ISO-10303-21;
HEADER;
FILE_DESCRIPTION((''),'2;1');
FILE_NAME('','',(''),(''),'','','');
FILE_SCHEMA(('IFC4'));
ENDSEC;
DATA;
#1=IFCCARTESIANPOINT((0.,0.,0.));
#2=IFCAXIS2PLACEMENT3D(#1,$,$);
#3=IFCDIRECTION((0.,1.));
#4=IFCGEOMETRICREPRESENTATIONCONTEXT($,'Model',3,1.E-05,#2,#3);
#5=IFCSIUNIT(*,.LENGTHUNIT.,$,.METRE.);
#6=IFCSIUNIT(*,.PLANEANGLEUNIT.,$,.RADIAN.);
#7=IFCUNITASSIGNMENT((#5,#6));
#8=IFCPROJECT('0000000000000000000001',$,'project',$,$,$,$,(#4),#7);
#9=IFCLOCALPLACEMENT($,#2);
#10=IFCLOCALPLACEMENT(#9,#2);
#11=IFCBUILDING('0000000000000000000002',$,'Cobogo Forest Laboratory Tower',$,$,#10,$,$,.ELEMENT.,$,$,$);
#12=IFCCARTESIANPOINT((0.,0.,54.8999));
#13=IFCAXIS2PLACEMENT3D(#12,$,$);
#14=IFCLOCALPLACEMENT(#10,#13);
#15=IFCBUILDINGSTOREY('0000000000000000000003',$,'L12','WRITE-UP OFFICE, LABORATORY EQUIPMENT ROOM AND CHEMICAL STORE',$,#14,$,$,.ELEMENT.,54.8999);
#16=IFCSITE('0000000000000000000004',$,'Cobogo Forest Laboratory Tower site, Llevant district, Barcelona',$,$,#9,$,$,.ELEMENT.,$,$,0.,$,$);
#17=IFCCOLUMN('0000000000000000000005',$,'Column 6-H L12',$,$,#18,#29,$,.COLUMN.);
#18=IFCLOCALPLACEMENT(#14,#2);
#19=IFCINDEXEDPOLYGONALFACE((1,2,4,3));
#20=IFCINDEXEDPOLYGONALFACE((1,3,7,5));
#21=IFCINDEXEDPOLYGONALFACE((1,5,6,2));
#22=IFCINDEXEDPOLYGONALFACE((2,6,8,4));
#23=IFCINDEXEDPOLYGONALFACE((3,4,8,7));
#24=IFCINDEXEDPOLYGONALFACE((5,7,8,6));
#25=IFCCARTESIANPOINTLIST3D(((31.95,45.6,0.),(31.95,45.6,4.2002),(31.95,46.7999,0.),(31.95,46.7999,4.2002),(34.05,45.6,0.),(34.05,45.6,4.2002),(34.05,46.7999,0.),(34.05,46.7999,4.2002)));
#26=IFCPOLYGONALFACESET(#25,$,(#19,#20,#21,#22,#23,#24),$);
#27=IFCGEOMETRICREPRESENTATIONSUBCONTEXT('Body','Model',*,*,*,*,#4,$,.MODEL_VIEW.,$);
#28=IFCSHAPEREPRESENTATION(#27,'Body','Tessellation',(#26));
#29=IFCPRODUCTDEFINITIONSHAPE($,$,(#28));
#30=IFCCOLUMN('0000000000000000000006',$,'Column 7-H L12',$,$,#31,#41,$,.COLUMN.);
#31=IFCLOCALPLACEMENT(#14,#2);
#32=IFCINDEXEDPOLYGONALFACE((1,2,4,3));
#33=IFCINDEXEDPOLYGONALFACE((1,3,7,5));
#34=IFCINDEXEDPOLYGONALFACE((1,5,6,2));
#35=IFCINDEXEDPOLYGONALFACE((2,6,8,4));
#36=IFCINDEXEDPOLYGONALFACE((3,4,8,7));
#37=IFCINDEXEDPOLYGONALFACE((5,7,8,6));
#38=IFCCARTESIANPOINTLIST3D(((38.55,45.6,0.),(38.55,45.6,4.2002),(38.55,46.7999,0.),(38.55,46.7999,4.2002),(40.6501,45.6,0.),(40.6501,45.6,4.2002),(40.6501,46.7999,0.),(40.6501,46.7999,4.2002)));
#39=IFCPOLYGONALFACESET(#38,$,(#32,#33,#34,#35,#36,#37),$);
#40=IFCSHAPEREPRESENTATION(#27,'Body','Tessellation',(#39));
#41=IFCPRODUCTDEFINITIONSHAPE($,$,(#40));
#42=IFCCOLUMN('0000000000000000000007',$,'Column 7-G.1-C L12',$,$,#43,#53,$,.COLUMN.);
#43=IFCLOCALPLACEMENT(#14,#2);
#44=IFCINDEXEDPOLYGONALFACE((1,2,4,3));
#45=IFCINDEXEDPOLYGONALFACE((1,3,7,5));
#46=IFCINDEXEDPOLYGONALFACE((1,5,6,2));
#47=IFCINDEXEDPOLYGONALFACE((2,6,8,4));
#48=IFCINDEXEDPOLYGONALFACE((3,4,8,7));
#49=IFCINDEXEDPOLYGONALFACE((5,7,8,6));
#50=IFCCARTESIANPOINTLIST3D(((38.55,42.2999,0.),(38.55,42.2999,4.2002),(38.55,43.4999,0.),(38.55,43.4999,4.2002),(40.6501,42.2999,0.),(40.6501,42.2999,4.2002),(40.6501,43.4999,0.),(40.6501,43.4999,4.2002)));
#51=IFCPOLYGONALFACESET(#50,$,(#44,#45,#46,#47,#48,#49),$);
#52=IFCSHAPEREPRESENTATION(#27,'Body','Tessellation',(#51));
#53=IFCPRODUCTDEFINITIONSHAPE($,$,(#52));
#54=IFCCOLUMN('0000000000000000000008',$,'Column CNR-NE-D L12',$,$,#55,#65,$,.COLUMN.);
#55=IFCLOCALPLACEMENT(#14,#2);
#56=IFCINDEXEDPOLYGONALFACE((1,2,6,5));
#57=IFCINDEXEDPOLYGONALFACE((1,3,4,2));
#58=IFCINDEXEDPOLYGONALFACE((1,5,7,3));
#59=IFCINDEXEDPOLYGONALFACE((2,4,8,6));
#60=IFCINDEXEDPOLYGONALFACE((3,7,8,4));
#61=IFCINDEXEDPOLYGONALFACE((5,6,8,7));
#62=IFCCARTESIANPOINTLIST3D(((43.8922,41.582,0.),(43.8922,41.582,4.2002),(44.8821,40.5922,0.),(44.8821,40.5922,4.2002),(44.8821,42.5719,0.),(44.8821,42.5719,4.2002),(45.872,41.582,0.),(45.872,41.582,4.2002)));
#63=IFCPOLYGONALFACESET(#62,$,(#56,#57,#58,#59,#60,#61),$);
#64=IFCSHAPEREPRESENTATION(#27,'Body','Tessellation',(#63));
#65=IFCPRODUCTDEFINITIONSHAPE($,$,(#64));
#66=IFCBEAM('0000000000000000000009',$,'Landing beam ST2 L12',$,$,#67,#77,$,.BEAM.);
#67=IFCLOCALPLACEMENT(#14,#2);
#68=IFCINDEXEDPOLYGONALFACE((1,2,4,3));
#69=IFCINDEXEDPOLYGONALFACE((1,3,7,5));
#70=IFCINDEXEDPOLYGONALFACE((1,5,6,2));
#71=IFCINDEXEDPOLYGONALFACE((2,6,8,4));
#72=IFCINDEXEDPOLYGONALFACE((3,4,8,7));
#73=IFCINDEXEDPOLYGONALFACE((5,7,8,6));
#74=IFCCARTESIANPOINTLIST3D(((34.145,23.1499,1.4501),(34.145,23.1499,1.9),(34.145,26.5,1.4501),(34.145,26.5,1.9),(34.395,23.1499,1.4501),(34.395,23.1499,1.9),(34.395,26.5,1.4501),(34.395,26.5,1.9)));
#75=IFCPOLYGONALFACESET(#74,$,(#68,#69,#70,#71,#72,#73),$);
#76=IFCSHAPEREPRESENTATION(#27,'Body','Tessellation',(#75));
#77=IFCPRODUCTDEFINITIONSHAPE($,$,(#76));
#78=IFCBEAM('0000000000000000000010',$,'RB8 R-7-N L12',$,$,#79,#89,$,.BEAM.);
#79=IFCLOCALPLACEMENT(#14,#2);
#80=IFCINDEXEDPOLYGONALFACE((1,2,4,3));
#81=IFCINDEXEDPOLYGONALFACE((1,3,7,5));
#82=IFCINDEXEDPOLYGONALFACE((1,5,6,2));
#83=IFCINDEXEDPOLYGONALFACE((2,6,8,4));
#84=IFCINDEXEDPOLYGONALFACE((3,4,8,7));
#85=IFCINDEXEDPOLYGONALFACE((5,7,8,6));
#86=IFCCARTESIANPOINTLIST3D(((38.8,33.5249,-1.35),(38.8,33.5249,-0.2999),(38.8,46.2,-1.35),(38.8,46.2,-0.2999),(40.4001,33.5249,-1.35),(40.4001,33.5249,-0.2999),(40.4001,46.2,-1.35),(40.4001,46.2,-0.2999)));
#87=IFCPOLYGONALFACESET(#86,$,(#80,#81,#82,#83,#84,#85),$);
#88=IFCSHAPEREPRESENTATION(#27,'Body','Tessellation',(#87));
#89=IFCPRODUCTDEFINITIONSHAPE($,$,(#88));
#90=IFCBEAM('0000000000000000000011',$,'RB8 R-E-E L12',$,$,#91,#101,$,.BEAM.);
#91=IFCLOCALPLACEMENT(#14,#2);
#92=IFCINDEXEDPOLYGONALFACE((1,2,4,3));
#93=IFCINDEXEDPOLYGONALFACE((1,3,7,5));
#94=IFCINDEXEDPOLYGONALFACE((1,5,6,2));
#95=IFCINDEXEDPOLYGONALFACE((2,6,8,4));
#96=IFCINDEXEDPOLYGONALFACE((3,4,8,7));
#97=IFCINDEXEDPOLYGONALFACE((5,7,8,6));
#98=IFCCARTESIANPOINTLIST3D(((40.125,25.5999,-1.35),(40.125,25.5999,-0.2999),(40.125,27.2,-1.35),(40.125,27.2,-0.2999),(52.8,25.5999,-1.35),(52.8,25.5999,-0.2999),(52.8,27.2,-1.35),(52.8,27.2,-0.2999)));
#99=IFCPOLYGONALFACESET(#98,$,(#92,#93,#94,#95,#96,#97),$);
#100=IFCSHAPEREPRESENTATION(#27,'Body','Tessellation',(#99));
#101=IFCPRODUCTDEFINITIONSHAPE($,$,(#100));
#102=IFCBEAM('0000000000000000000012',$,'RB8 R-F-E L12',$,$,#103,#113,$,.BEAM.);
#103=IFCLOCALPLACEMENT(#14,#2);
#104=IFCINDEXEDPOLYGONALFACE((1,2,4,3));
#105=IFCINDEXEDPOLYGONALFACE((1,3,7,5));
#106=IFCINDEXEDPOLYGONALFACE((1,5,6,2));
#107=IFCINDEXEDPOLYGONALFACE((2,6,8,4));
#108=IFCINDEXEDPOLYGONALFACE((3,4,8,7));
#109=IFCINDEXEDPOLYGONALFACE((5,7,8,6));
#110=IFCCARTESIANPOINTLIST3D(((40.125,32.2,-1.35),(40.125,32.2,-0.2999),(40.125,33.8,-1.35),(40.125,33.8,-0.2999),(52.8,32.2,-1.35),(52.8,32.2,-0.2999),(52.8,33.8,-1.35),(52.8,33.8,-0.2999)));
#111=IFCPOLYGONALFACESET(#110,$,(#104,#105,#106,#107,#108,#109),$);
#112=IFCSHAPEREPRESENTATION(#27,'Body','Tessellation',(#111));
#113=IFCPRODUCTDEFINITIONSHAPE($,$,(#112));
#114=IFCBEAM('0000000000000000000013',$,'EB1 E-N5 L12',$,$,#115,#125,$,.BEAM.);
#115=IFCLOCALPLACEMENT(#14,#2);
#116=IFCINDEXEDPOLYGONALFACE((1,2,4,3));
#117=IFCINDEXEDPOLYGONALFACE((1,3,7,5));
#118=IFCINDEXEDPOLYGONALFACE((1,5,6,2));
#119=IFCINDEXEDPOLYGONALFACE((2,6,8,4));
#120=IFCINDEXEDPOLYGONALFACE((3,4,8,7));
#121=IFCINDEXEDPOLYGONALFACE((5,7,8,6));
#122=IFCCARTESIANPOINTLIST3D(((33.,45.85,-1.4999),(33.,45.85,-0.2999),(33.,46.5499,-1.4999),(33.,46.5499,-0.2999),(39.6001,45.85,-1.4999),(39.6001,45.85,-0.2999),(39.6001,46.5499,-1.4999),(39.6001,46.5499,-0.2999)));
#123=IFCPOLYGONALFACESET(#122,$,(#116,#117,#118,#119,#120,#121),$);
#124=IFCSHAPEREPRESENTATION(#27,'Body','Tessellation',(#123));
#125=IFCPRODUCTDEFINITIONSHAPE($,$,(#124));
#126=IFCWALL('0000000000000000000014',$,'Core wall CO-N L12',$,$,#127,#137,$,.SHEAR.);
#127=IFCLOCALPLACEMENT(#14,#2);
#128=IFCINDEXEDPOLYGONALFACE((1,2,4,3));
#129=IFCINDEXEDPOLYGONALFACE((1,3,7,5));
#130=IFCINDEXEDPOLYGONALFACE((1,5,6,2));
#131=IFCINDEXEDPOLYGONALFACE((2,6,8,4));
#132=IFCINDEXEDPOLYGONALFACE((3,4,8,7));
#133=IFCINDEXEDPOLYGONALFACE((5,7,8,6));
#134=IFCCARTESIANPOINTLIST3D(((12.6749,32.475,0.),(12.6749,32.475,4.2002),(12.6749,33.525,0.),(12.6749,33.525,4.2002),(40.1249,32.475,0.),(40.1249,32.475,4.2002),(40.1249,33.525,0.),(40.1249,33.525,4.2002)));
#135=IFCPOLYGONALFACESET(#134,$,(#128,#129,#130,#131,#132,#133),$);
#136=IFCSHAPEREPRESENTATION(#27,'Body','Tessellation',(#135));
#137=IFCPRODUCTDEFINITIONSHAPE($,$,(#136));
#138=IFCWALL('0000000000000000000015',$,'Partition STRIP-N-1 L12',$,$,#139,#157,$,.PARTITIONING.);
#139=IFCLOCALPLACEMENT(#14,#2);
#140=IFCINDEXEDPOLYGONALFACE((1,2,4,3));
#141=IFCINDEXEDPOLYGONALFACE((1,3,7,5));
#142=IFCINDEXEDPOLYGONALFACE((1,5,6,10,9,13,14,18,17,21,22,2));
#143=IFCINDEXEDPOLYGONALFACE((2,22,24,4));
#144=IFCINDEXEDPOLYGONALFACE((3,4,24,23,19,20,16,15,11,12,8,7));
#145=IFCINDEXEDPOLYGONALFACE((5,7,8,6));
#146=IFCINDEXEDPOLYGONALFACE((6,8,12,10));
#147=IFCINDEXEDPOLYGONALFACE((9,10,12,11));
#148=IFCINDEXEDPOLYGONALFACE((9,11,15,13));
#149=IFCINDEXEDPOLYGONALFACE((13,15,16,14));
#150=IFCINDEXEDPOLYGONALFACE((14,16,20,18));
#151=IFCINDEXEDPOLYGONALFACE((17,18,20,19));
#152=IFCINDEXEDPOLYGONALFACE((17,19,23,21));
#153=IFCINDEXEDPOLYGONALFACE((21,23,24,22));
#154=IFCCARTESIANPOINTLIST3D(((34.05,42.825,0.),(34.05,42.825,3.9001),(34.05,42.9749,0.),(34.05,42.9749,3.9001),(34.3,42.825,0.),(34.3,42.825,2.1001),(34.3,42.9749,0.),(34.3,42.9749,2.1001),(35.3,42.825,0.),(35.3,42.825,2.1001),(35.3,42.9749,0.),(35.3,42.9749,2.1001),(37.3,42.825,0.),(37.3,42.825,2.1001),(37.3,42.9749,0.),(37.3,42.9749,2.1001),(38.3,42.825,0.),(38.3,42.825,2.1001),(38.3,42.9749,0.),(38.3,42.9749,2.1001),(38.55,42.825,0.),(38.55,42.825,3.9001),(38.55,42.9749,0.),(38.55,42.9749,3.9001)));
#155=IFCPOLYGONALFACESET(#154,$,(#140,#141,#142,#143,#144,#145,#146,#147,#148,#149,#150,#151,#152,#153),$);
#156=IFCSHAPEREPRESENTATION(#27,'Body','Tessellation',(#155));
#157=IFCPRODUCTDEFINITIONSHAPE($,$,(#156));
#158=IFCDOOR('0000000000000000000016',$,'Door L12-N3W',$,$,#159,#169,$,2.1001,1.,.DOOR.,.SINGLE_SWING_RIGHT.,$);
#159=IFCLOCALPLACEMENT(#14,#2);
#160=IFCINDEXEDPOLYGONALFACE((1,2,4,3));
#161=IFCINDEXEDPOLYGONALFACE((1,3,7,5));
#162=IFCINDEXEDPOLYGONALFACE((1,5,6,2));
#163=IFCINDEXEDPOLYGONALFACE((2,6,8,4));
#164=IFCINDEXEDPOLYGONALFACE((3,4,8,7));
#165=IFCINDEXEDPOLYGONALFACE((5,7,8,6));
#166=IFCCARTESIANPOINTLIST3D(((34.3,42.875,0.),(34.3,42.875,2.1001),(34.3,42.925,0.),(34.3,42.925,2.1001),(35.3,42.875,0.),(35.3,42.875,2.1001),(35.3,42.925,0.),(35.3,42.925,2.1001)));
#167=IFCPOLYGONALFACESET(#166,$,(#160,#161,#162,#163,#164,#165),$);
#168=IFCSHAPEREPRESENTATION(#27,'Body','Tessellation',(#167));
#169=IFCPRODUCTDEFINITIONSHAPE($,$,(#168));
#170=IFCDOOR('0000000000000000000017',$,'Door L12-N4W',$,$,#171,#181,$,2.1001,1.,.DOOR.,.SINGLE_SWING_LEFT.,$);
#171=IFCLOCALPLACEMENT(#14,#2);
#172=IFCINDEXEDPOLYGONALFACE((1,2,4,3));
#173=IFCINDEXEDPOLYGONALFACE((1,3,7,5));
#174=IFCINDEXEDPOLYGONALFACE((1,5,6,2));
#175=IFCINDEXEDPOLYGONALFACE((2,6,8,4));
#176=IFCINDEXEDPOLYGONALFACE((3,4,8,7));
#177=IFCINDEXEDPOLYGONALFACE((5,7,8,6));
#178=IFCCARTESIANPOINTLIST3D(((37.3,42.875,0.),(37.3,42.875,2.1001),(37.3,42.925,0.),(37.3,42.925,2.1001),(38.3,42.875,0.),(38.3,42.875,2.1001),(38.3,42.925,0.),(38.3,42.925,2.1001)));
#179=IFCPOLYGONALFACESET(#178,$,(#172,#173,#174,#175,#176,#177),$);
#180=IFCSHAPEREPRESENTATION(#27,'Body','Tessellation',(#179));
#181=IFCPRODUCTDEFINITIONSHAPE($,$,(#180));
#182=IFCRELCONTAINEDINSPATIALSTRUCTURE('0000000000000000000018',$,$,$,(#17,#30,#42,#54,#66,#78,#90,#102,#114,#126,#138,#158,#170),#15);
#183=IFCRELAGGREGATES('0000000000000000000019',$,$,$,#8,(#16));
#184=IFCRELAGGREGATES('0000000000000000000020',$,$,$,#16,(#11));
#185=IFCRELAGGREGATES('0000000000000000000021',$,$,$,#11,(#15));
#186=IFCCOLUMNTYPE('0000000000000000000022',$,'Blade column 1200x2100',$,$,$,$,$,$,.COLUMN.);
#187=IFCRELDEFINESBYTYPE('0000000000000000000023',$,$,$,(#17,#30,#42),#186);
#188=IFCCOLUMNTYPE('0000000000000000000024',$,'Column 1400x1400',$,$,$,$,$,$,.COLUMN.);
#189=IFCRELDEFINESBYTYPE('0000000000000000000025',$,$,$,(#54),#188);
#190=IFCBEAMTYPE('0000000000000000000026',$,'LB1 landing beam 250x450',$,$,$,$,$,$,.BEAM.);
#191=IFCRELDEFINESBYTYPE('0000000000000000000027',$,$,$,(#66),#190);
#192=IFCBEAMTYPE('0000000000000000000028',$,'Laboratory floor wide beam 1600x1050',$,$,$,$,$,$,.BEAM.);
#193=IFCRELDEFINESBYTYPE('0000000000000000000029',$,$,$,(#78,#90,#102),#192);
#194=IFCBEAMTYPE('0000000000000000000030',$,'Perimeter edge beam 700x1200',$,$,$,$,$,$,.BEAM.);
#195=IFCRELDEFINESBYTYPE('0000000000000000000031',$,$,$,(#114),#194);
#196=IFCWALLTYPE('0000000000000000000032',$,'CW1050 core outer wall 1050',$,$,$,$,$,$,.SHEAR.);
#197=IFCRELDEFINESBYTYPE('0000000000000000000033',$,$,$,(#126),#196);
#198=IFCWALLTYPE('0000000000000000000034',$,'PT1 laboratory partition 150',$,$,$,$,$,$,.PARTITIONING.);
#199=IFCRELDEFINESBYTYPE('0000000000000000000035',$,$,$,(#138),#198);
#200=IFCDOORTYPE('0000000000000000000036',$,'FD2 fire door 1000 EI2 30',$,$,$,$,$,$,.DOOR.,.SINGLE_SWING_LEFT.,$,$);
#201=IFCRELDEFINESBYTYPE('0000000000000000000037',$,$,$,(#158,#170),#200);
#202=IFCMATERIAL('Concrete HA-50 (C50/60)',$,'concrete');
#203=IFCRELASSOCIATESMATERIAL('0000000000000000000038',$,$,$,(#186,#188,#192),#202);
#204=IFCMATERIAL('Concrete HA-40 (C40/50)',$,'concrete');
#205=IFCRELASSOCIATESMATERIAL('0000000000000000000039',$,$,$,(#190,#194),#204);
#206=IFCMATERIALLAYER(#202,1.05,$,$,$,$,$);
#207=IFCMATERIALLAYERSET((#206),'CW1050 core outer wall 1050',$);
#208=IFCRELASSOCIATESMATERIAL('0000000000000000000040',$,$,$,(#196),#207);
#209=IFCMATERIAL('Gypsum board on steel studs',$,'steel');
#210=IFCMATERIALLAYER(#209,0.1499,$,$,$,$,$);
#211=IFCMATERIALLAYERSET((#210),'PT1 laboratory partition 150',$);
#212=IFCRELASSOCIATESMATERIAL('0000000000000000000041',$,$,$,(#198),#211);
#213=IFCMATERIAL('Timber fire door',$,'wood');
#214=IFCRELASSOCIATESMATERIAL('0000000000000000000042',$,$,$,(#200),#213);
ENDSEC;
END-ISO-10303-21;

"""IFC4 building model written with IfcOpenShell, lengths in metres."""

from ifc_helpers import new_model, si_unit, direction, frame, frame_2d, origin, origin_2d, place, context, subcontext, project, spatial, rectangle, extrude, material, layer, layer_set, material_profile, profile_set, type_object, element, fill, save


model = new_model("IFC4")

# Units and contexts
model_context = context("Model", 3, precision=1e-05, world=origin(), true_north=direction((0.0, 1.0)))
body_context = subcontext(model_context, "Body", "Model", "MODEL_VIEW")
ifc_project = project(units=[si_unit("LENGTHUNIT", "METRE"), si_unit("PLANEANGLEUNIT", "RADIAN")], contexts=[model_context])

# Site, building, storey
site_placement = place(None, origin())
site = spatial("IfcSite", under=ifc_project, at=site_placement, Name="Cobogo Forest Laboratory Tower site, Llevant district, Barcelona", CompositionType="ELEMENT", RefElevation=0.0)
building_placement = place(site_placement, origin())
building = spatial("IfcBuilding", under=site, at=building_placement, Name="Cobogo Forest Laboratory Tower", CompositionType="ELEMENT")
storey_placement = place(building_placement, frame((0.0, 0.0, 54.8999)))
storey = spatial("IfcBuildingStorey", under=building, at=storey_placement, Name="L12", Description="WRITE-UP OFFICE, LABORATORY EQUIPMENT ROOM AND CHEMICAL STORE", CompositionType="ELEMENT", Elevation=54.8999)

# Columns
ifc_material_1 = material(Name="Concrete HA-50 (C50/60)", Category="concrete")
ifc_material_profile_1 = material_profile(ifc_material_1, rectangle(XDim=2.1001, YDim=1.2, at=origin_2d()), Name="RC 1200x2100")
ifc_profile_set_1 = profile_set([ifc_material_profile_1], Name="Concrete HA-50 (C50/60)")
column_type_1 = type_object("IfcColumnType", Name="Blade column 1200x2100", PredefinedType="COLUMN", material=ifc_profile_set_1)
for number, where, z_axis, x_axis, name in (
    (1, (33.0, 46.2, 0.0), (0.0, 0.0, 1.0), (1.0, 0.0, 0.0), "Column 6-H L12"),
    (2, (39.6001, 46.2, 0.0), (0.0, 0.0, 1.0), (1.0, 0.0, 0.0), "Column 7-H L12"),
    (3, (39.6001, 42.8999, 0.0), (0.0, 0.0, 1.0), (1.0, 0.0, 0.0), "Column 7-G.1-C L12"),
):
    element("IfcColumn", number, at=place(storey_placement, frame(where, z_axis=z_axis, x_axis=x_axis)), inside=storey, type_object=column_type_1, Name=name, PredefinedType="COLUMN", context=body_context, shape_type="SweptSolid", body=[
        extrude(rectangle(XDim=2.1001, YDim=1.2, at=origin_2d()), origin(), (0.0, 0.0, 1.0), 4.2002),
    ])
ifc_material_profile_2 = material_profile(ifc_material_1, rectangle(XDim=1.3999, YDim=1.3999, at=origin_2d()), Name="RC 1400x1400")
ifc_profile_set_2 = profile_set([ifc_material_profile_2], Name="Concrete HA-50 (C50/60)")
column_type_2 = type_object("IfcColumnType", Name="Column 1400x1400", PredefinedType="COLUMN", material=ifc_profile_set_2)
column_placement = place(storey_placement, frame((44.8821, 41.582, 0.0), z_axis=(0.0, 0.0, 1.0), x_axis=(0.707107, 0.707107, 0.0)))
element("IfcColumn", 4, at=column_placement, inside=storey, type_object=column_type_2, Name="Column CNR-NE-D L12", PredefinedType="COLUMN", context=body_context, shape_type="SweptSolid", body=[
    extrude(rectangle(XDim=1.3999, YDim=1.3999, at=origin_2d()), origin(), (0.0, 0.0, 1.0), 4.2002),
])

# Beams
ifc_material_2 = material(Name="Concrete HA-40 (C40/50)", Category="concrete")
ifc_material_profile_3 = material_profile(ifc_material_2, rectangle(XDim=0.25, YDim=0.45, at=origin_2d()), Name="RC 250x450")
ifc_profile_set_3 = profile_set([ifc_material_profile_3], Name="Concrete HA-40 (C40/50)")
beam_type_1 = type_object("IfcBeamType", Name="LB1 landing beam 250x450", PredefinedType="BEAM", material=ifc_profile_set_3)
beam_1_placement = place(storey_placement, frame((34.27, 23.1499, 1.675), z_axis=(0.0, 1.0, 0.0), x_axis=(-1.0, 0.0, 0.0)))
element("IfcBeam", 5, at=beam_1_placement, inside=storey, type_object=beam_type_1, Name="Landing beam ST2 L12", PredefinedType="BEAM", context=body_context, shape_type="SweptSolid", body=[
    extrude(rectangle(XDim=0.25, YDim=0.45, at=origin_2d()), origin(), (0.0, 0.0, 1.0), 3.3501),
])
ifc_material_profile_4 = material_profile(ifc_material_1, rectangle(XDim=1.6001, YDim=1.05, at=origin_2d()), Name="RC 1600x1050")
ifc_profile_set_4 = profile_set([ifc_material_profile_4], Name="Concrete HA-50 (C50/60)")
beam_type_2 = type_object("IfcBeamType", Name="Laboratory floor wide beam 1600x1050", PredefinedType="BEAM", material=ifc_profile_set_4)
for number, where, z_axis, x_axis, name in (
    (6, (39.6001, 33.5249, -0.825), (0.0, 1.0, 0.0), (-1.0, 0.0, 0.0), "RB8 R-7-N L12"),
    (7, (40.125, 26.3999, -0.825), (1.0, 0.0, 0.0), (0.0, 1.0, 0.0), "RB8 R-E-E L12"),
    (8, (40.125, 33.0, -0.825), (1.0, 0.0, 0.0), (0.0, 1.0, 0.0), "RB8 R-F-E L12"),
):
    element("IfcBeam", number, at=place(storey_placement, frame(where, z_axis=z_axis, x_axis=x_axis)), inside=storey, type_object=beam_type_2, Name=name, PredefinedType="BEAM", context=body_context, shape_type="SweptSolid", body=[
        extrude(rectangle(XDim=1.6001, YDim=1.05, at=origin_2d()), origin(), (0.0, 0.0, 1.0), 12.675),
    ])
ifc_material_profile_5 = material_profile(ifc_material_2, rectangle(XDim=0.7, YDim=1.2, at=origin_2d()), Name="RC 700x1200")
ifc_profile_set_5 = profile_set([ifc_material_profile_5], Name="Concrete HA-40 (C40/50)")
beam_type_3 = type_object("IfcBeamType", Name="Perimeter edge beam 700x1200", PredefinedType="BEAM", material=ifc_profile_set_5)
beam_2_placement = place(storey_placement, frame((33.0, 46.2, -0.8999), z_axis=(1.0, 0.0, 0.0), x_axis=(0.0, 1.0, 0.0)))
element("IfcBeam", 9, at=beam_2_placement, inside=storey, type_object=beam_type_3, Name="EB1 E-N5 L12", PredefinedType="BEAM", context=body_context, shape_type="SweptSolid", body=[
    extrude(rectangle(XDim=0.7, YDim=1.2, at=origin_2d()), origin(), (0.0, 0.0, 1.0), 6.6001),
])

# Wall
ifc_layer_1 = layer(ifc_material_1, 1.05)
ifc_layer_set_1 = layer_set([ifc_layer_1], Name="CW1050 core outer wall 1050")
wall_type_1 = type_object("IfcWallType", Name="CW1050 core outer wall 1050", PredefinedType="SHEAR", material=ifc_layer_set_1)
wall_1_placement = place(storey_placement, frame((40.125, 33.0, 0.0), z_axis=(0.0, 0.0, 1.0), x_axis=(-1.0, 0.0, 0.0)))
element("IfcWall", 10, at=wall_1_placement, inside=storey, type_object=wall_type_1, Name="Core wall CO-N L12", PredefinedType="SHEAR", context=body_context, shape_type="SweptSolid", body=[
    extrude(rectangle(XDim=27.45, YDim=1.05, at=frame_2d((13.7251, 0.0))), origin(), (0.0, 0.0, 1.0), 4.2002),
])

# Wall, openings, doors
ifc_material_3 = material(Name="Gypsum board on steel studs", Category="steel")
ifc_layer_2 = layer(ifc_material_3, 0.1499)
ifc_layer_set_2 = layer_set([ifc_layer_2], Name="PT1 laboratory partition 150")
wall_type_2 = type_object("IfcWallType", Name="PT1 laboratory partition 150", PredefinedType="PARTITIONING", material=ifc_layer_set_2)
wall_2_placement = place(storey_placement, frame((38.55, 42.8999, 0.0), z_axis=(0.0, 0.0, 1.0), x_axis=(-1.0, 0.0, 0.0)))
wall_2 = element("IfcWall", 11, at=wall_2_placement, inside=storey, type_object=wall_type_2, Name="Partition STRIP-N-1 L12", PredefinedType="PARTITIONING", context=body_context, shape_type="SweptSolid", body=[
    extrude(rectangle(XDim=4.5, YDim=0.1499, at=frame_2d((2.25, 0.0))), origin(), (0.0, 0.0, 1.0), 3.9001),
])
opening_1_placement = place(wall_2_placement, frame((3.25, 0.0, 0.0)))
opening_1 = element("IfcOpeningElement", 12, at=opening_1_placement, cuts=wall_2, PredefinedType="OPENING", context=body_context, shape_type="SweptSolid", body=[
    extrude(rectangle(XDim=1.0, YDim=2.1001, at=frame_2d((0.5, 1.05))), frame((0.0, 0.085, 0.0), z_axis=(0.0, -1.0, 0.0), x_axis=(1.0, 0.0, 0.0)), (0.0, 0.0, 1.0), 0.1699),
])
opening_2_placement = place(wall_2_placement, frame((0.25, 0.0, 0.0)))
opening_2 = element("IfcOpeningElement", 13, at=opening_2_placement, cuts=wall_2, PredefinedType="OPENING", context=body_context, shape_type="SweptSolid", body=[
    extrude(rectangle(XDim=1.0, YDim=2.1001, at=frame_2d((0.5, 1.05))), frame((0.0, 0.085, 0.0), z_axis=(0.0, -1.0, 0.0), x_axis=(1.0, 0.0, 0.0)), (0.0, 0.0, 1.0), 0.1699),
])
ifc_material_4 = material(Name="Timber fire door", Category="wood")
door_type = type_object("IfcDoorType", Name="FD2 fire door 1000 EI2 30", OperationType="SINGLE_SWING_LEFT", PredefinedType="DOOR", material=ifc_material_4)
door_1_placement = place(opening_1_placement, origin())
door_1 = element("IfcDoor", 14, at=door_1_placement, inside=storey, type_object=door_type, Name="Door L12-N3W", OperationType="SINGLE_SWING_RIGHT", OverallHeight=2.1001, OverallWidth=1.0, PredefinedType="DOOR", context=body_context, shape_type="SweptSolid", body=[
    extrude(rectangle(XDim=1.0, YDim=2.1001, at=frame_2d((0.5, 1.05))), frame((0.0, 0.0249, 0.0), z_axis=(0.0, -1.0, 0.0), x_axis=(1.0, 0.0, 0.0)), (0.0, 0.0, 1.0), 0.05),
])
fill(opening_1, door_1)
door_2_placement = place(opening_2_placement, origin())
door_2 = element("IfcDoor", 15, at=door_2_placement, inside=storey, type_object=door_type, Name="Door L12-N4W", OperationType="SINGLE_SWING_LEFT", OverallHeight=2.1001, OverallWidth=1.0, PredefinedType="DOOR", context=body_context, shape_type="SweptSolid", body=[
    extrude(rectangle(XDim=1.0, YDim=2.1001, at=frame_2d((0.5, 1.05))), frame((0.0, 0.0249, 0.0), z_axis=(0.0, -1.0, 0.0), x_axis=(1.0, 0.0, 0.0)), (0.0, 0.0, 1.0), 0.05),
])
fill(opening_2, door_2)

save(model, "model.ifc")
